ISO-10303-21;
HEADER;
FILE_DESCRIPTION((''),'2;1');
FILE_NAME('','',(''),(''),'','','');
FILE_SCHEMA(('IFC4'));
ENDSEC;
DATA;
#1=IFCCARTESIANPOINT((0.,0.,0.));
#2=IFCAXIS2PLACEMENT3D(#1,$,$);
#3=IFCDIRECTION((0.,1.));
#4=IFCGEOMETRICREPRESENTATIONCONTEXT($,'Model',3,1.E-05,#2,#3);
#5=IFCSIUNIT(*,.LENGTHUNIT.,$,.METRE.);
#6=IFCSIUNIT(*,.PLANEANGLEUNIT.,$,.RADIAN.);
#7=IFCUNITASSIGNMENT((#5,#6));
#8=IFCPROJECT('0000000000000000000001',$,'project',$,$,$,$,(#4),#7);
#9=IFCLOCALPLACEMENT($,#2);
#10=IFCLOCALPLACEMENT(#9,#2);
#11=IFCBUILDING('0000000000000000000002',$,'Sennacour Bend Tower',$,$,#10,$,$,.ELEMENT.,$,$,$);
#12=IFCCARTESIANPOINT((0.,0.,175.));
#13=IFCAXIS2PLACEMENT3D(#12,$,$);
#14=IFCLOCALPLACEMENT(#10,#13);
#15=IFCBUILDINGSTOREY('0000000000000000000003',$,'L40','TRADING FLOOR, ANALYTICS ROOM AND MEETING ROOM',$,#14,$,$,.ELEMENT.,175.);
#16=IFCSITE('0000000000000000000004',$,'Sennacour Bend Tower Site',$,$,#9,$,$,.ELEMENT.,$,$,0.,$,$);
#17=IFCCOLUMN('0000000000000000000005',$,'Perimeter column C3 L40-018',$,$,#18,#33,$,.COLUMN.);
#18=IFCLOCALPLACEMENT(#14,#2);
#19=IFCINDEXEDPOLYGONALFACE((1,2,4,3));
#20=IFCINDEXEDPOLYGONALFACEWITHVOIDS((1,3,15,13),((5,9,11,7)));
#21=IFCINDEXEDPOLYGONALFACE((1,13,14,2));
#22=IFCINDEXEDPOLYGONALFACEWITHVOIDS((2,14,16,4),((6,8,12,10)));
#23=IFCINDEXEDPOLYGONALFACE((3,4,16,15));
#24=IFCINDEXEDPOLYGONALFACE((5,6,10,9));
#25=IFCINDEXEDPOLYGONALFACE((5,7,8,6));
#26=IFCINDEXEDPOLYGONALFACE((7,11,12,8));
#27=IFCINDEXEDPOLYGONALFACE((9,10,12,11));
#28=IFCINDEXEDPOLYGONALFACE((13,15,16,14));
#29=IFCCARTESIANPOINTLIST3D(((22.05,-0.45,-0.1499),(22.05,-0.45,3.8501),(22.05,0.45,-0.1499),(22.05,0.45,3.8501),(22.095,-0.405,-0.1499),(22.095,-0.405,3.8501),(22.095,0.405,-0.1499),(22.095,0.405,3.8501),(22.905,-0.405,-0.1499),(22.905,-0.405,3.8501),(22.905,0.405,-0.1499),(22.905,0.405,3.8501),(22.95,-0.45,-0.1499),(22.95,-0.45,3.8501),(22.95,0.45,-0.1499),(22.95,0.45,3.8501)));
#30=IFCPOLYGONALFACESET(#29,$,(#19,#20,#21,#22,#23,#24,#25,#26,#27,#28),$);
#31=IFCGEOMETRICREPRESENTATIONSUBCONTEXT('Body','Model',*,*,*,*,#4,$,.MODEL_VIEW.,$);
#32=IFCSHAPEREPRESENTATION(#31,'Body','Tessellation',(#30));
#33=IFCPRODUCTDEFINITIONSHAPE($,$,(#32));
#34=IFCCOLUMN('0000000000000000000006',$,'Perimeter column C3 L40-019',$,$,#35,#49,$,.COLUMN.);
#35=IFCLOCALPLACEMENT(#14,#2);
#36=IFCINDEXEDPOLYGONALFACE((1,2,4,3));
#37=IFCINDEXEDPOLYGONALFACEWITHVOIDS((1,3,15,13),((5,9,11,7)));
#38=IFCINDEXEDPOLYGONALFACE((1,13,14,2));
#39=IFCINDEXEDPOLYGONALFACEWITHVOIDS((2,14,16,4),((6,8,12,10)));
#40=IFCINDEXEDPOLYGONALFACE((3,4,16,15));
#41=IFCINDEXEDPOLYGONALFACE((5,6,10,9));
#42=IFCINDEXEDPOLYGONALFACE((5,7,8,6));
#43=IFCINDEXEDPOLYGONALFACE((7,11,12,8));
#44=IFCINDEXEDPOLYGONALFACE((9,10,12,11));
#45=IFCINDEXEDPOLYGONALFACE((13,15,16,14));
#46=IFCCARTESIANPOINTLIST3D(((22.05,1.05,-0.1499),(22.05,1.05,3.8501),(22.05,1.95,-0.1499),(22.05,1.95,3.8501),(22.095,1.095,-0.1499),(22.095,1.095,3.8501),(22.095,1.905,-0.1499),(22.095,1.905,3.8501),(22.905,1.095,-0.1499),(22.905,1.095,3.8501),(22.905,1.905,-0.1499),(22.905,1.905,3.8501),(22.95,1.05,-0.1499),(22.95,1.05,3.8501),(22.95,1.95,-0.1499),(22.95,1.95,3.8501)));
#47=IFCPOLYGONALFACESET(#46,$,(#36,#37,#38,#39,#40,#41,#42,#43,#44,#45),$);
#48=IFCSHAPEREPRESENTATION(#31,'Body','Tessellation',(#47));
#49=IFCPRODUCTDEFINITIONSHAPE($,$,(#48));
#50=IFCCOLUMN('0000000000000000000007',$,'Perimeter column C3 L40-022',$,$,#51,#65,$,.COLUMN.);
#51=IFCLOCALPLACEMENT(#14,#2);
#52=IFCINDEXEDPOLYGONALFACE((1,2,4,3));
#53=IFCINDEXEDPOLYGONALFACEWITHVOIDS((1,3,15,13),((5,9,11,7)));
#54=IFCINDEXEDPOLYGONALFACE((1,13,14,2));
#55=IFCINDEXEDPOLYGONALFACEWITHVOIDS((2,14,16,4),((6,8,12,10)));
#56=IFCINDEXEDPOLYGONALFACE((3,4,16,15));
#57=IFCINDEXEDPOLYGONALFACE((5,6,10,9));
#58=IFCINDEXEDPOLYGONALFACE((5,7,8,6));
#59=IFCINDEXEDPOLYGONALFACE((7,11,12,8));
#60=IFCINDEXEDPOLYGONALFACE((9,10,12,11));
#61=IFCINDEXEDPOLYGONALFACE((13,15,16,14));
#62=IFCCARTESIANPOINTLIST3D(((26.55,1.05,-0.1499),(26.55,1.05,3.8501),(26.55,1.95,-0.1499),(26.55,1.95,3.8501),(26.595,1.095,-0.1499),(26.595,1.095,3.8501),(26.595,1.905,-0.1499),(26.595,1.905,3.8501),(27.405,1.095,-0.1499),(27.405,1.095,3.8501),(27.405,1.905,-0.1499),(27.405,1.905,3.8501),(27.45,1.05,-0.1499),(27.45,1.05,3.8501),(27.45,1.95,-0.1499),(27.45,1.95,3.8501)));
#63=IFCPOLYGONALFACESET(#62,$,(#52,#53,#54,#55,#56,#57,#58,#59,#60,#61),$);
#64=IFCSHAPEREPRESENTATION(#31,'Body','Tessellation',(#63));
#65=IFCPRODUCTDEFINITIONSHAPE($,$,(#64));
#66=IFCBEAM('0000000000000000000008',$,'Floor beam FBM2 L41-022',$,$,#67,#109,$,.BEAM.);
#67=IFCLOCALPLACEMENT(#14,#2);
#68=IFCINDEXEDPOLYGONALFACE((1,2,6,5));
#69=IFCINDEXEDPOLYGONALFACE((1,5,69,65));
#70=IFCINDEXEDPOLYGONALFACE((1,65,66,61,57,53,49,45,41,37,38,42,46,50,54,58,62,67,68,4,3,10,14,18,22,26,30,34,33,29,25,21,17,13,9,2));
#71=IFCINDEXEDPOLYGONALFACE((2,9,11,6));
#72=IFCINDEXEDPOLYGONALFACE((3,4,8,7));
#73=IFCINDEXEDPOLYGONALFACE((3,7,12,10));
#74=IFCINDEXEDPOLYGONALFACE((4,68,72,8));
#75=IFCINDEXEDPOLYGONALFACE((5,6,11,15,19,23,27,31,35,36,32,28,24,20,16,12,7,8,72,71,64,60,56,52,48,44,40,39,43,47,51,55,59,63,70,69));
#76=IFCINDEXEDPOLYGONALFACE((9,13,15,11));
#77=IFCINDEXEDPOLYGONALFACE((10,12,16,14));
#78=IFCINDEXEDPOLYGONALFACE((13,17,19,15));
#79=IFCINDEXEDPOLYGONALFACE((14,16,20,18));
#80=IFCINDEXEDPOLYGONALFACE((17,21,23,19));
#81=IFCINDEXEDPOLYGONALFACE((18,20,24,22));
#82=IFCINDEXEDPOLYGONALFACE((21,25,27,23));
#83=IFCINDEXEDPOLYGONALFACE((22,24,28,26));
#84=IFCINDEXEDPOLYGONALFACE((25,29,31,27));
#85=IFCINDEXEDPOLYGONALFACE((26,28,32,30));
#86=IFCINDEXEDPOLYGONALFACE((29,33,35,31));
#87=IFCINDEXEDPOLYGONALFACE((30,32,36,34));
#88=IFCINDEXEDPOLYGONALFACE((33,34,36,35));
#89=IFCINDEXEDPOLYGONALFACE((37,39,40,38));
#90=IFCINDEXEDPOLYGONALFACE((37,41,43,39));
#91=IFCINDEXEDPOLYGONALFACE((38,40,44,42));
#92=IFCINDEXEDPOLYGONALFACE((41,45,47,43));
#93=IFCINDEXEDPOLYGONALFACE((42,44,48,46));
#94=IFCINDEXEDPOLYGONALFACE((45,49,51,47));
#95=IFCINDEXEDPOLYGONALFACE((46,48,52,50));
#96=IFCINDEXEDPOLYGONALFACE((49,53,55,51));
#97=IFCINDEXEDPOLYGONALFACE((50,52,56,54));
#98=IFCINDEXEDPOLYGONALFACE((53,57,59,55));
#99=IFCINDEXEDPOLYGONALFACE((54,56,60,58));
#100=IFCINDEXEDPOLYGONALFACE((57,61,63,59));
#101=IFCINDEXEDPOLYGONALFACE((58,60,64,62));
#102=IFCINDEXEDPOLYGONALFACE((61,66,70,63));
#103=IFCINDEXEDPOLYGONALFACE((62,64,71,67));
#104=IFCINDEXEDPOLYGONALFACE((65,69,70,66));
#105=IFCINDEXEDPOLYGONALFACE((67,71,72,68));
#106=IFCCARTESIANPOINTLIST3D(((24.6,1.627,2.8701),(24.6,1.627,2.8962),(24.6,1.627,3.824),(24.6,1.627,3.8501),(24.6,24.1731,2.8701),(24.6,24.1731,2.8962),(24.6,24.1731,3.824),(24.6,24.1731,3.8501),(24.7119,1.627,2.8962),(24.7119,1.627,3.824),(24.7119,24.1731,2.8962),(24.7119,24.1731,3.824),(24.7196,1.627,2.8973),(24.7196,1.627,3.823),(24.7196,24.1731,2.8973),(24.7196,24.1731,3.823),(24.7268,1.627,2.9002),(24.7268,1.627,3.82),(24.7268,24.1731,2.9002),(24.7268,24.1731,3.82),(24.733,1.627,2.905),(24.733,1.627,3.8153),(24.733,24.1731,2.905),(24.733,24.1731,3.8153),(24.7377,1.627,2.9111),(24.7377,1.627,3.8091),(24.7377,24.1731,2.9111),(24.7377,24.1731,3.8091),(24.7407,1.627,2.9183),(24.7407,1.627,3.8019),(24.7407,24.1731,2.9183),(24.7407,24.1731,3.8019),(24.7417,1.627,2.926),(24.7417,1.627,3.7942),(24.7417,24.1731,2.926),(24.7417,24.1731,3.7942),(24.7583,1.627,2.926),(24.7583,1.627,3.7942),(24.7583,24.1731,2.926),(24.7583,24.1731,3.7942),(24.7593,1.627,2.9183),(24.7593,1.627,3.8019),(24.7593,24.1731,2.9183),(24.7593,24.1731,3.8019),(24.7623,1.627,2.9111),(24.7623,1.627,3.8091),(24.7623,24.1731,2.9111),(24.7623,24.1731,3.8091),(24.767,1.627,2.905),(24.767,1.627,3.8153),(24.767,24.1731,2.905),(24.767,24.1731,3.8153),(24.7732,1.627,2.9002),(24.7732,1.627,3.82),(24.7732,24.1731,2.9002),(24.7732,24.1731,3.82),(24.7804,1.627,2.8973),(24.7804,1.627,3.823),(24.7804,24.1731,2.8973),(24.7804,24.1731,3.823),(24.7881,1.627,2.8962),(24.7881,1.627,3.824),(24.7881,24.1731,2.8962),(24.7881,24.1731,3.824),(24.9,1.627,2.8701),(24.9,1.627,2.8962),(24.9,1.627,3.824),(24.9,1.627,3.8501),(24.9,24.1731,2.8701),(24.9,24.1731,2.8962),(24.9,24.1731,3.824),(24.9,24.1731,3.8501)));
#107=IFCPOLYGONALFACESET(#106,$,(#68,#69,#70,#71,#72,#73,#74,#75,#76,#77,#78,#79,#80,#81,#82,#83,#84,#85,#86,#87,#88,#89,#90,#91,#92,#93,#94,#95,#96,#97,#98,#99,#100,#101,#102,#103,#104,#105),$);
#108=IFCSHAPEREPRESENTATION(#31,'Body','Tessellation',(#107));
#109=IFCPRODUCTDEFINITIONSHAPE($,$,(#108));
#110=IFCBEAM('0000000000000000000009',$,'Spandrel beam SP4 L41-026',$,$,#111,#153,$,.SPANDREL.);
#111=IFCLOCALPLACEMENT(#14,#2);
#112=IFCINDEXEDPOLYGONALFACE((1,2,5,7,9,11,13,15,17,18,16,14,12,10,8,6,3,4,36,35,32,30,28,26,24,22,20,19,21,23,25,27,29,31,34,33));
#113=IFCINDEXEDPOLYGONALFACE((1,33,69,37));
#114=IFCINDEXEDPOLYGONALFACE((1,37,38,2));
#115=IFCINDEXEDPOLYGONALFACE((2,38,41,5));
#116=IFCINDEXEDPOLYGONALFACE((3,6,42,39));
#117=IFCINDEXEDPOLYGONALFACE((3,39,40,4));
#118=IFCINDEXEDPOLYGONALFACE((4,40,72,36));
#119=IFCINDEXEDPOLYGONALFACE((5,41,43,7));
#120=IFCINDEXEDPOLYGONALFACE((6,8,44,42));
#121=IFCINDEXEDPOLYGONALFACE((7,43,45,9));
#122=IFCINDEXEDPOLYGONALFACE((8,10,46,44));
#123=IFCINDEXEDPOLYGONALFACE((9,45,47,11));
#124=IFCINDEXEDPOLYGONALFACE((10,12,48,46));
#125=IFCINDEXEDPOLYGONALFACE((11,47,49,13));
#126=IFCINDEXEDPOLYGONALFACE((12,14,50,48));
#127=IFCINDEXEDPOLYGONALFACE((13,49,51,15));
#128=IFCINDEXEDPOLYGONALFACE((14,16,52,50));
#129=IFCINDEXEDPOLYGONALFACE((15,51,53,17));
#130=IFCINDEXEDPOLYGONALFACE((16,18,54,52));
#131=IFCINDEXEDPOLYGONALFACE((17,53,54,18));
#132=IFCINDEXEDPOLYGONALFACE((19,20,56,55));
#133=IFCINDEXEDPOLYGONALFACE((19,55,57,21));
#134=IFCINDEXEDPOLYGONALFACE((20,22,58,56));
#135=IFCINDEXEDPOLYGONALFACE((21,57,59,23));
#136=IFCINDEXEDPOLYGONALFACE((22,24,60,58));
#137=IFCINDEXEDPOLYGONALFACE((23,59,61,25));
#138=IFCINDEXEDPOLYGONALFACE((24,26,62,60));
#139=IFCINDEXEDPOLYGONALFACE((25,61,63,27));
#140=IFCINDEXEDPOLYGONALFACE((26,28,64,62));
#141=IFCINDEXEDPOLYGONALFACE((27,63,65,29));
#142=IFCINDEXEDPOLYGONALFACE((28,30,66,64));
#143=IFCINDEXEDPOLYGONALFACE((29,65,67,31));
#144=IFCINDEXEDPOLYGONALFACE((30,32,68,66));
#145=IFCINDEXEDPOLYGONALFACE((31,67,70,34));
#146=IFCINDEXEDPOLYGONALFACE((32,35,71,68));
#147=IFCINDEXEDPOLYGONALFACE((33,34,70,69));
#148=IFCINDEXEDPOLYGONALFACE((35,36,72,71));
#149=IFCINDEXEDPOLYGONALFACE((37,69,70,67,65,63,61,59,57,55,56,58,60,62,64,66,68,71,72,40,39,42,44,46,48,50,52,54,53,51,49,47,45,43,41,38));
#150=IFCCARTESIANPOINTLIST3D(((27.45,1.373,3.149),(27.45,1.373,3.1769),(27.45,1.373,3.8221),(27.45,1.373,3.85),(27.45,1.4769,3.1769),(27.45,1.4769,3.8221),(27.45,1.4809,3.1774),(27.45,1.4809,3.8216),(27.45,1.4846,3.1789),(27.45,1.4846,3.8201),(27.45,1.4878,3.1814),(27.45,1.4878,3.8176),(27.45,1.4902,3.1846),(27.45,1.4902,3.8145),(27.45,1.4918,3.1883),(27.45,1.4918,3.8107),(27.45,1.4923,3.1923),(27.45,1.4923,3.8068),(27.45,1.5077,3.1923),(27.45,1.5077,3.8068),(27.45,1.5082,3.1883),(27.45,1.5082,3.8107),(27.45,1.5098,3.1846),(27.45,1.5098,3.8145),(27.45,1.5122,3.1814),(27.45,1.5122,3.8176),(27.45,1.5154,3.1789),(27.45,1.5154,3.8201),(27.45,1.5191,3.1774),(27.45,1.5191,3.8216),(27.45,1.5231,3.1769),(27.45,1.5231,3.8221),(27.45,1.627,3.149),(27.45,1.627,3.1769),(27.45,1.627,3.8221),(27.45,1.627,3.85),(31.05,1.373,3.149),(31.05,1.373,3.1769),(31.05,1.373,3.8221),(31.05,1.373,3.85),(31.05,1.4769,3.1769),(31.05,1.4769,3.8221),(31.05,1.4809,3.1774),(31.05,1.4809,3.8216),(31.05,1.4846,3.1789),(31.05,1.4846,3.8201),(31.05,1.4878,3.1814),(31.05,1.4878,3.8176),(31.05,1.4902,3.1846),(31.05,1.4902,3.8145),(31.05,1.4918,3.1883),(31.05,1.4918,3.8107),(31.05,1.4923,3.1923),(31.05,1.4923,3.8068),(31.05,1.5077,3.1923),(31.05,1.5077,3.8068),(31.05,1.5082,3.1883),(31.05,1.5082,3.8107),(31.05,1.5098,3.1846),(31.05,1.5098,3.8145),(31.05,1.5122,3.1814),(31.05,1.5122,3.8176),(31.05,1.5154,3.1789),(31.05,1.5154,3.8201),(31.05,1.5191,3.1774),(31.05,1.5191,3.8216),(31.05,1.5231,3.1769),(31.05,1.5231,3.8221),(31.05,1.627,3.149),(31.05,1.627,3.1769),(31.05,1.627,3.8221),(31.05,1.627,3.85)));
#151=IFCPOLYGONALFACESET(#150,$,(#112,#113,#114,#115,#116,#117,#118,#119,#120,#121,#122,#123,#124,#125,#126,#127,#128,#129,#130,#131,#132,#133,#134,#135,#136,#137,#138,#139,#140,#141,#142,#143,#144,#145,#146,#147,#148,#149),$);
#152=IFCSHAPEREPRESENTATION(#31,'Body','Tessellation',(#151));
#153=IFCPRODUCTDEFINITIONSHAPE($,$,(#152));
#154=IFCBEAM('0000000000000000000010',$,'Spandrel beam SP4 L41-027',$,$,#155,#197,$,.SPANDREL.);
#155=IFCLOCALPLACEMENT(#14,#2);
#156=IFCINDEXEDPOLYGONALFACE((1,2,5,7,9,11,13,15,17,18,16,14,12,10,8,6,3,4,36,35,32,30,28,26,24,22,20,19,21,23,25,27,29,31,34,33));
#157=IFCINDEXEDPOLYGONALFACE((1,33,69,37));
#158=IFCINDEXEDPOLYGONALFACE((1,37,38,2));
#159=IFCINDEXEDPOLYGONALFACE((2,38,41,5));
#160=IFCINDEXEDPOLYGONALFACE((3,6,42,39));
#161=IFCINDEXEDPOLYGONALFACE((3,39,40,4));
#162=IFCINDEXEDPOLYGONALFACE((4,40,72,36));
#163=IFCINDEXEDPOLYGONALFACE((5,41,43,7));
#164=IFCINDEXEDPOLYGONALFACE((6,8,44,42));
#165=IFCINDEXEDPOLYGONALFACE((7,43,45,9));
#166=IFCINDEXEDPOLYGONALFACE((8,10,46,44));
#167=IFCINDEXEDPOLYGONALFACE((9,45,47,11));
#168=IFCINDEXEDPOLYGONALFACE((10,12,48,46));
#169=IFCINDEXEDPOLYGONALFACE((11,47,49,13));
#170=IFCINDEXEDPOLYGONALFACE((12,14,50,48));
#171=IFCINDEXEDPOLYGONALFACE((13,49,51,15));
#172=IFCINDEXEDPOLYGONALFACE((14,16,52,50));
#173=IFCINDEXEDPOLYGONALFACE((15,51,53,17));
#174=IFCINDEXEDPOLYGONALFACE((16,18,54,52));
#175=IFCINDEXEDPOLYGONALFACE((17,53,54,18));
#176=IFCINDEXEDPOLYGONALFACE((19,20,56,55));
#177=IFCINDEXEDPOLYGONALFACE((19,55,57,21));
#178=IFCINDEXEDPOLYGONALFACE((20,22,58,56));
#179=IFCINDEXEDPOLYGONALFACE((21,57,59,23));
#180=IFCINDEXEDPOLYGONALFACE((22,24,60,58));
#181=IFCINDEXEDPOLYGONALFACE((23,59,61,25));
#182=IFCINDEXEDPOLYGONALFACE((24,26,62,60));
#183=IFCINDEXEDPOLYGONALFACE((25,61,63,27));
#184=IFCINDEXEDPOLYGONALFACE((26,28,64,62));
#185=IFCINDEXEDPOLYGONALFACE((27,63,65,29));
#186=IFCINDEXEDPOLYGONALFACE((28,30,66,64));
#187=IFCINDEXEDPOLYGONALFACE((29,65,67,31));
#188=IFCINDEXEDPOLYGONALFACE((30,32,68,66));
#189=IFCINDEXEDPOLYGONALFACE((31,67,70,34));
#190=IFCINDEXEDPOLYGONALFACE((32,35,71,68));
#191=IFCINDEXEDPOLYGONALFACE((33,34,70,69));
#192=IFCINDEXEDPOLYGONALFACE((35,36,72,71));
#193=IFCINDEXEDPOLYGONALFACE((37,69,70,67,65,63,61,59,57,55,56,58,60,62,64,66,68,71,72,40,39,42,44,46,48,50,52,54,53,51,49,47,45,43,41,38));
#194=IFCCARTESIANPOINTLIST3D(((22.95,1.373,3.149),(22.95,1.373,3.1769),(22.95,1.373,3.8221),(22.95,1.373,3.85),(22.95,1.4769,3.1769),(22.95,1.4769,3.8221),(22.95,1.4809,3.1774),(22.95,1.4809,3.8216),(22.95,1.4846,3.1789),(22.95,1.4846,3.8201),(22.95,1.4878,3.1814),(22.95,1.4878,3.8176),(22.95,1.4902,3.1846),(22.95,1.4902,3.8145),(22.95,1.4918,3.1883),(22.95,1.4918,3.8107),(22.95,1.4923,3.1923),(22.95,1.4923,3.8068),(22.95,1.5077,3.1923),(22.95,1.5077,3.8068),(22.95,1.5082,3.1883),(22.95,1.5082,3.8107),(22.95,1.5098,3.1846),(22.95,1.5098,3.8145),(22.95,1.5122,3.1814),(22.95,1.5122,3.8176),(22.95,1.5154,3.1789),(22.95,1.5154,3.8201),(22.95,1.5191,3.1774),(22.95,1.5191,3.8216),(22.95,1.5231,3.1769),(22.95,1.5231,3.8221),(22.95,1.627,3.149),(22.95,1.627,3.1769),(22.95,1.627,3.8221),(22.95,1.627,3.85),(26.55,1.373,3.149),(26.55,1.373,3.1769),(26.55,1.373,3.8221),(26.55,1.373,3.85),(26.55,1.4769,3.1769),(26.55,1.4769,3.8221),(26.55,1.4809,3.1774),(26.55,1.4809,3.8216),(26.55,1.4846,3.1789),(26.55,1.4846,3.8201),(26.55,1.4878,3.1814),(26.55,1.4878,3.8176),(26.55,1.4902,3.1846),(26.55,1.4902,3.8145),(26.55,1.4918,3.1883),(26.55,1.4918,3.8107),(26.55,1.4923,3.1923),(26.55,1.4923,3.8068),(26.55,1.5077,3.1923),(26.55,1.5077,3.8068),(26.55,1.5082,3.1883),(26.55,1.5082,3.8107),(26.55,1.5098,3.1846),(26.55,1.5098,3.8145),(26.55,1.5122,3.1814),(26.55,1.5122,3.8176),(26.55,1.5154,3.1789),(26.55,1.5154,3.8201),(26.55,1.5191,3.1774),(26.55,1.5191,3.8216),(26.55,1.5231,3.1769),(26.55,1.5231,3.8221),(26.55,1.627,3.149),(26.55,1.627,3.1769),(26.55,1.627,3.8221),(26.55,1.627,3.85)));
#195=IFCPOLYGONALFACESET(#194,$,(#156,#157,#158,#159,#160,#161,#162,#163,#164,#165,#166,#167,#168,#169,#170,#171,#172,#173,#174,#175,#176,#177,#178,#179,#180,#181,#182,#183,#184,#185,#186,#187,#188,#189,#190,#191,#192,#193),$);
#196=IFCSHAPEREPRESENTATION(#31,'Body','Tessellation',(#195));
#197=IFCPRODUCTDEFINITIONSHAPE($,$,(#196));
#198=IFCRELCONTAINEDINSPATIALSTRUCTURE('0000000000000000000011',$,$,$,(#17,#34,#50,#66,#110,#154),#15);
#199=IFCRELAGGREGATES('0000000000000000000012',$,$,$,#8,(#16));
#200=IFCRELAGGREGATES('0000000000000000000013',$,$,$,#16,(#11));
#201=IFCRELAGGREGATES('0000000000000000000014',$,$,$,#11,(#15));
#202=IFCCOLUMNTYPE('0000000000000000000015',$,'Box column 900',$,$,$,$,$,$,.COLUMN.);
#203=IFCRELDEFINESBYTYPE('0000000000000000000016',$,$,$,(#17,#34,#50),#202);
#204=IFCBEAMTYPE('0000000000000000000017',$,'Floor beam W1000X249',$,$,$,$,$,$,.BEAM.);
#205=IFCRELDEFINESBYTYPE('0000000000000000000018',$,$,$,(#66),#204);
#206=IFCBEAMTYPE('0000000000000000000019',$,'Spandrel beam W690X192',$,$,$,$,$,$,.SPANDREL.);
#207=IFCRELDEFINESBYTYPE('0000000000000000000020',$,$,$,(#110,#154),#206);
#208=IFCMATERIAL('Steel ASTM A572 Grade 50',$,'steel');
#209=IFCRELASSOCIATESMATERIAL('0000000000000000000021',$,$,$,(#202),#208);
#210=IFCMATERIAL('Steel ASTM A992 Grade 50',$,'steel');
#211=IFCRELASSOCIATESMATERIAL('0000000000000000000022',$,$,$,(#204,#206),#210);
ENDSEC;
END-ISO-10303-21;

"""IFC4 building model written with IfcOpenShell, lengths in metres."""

from ifc_helpers import new_model, si_unit, direction, frame, origin, origin_2d, place, context, subcontext, project, spatial, hollow_rectangle, i_section, extrude, material, material_profile, profile_set, type_object, element, save


model = new_model("IFC4")

# Units and contexts
model_context = context("Model", 3, precision=1e-05, world=origin(), true_north=direction((0.0, 1.0)))
body_context = subcontext(model_context, "Body", "Model", "MODEL_VIEW")
ifc_project = project(units=[si_unit("LENGTHUNIT", "METRE"), si_unit("PLANEANGLEUNIT", "RADIAN")], contexts=[model_context])

# Site, building, storey
site_placement = place(None, origin())
site = spatial("IfcSite", under=ifc_project, at=site_placement, Name="Sennacour Bend Tower Site", CompositionType="ELEMENT", RefElevation=0.0)
building_placement = place(site_placement, origin())
building = spatial("IfcBuilding", under=site, at=building_placement, Name="Sennacour Bend Tower", CompositionType="ELEMENT")
storey_placement = place(building_placement, frame((0.0, 0.0, 175.0)))
storey = spatial("IfcBuildingStorey", under=building, at=storey_placement, Name="L40", Description="TRADING FLOOR, ANALYTICS ROOM AND MEETING ROOM", CompositionType="ELEMENT", Elevation=175.0)

# Columns
ifc_material_1 = material(Name="Steel ASTM A572 Grade 50", Category="steel")
ifc_material_profile_1 = material_profile(ifc_material_1, hollow_rectangle(XDim=0.8999, YDim=0.8999, WallThickness=0.0449, at=origin_2d()), Name="Steel ASTM A572 Grade 50", Category="steel")
ifc_profile_set_1 = profile_set([ifc_material_profile_1], Name="Steel ASTM A572 Grade 50")
column_type = type_object("IfcColumnType", Name="Box column 900", PredefinedType="COLUMN", material=ifc_profile_set_1)
for number, where, z_axis, x_axis, name in (
    (1, (22.5, 0.0, -0.1499), (0.0, 0.0, 1.0), (1.0, 0.0, 0.0), "Perimeter column C3 L40-018"),
    (2, (22.5, 1.5, -0.1499), (0.0, 0.0, 1.0), (1.0, 0.0, 0.0), "Perimeter column C3 L40-019"),
    (3, (27.0, 1.5, -0.1499), (0.0, 0.0, 1.0), (1.0, 0.0, 0.0), "Perimeter column C3 L40-022"),
):
    element("IfcColumn", number, at=place(storey_placement, frame(where, z_axis=z_axis, x_axis=x_axis)), inside=storey, type_object=column_type, Name=name, PredefinedType="COLUMN", context=body_context, shape_type="SweptSolid", body=[
        extrude(hollow_rectangle(XDim=0.8999, YDim=0.8999, WallThickness=0.0449, at=origin_2d()), origin(), (0.0, 0.0, 1.0), 4.0),
    ])

# Beams
ifc_material_2 = material(Name="Steel ASTM A992 Grade 50", Category="steel")
ifc_material_profile_2 = material_profile(ifc_material_2, i_section(OverallWidth=0.3, OverallDepth=0.98, WebThickness=0.0166, FlangeThickness=0.0261, FilletRadius=0.0298, at=origin_2d()), Name="Steel ASTM A992 Grade 50", Category="steel")
ifc_profile_set_2 = profile_set([ifc_material_profile_2], Name="Steel ASTM A992 Grade 50")
beam_type_1 = type_object("IfcBeamType", Name="Floor beam W1000X249", PredefinedType="BEAM", material=ifc_profile_set_2)
beam_placement = place(storey_placement, frame((24.75, 1.627, 3.3601), z_axis=(0.0, 1.0, 0.0), x_axis=(-1.0, 0.0, 0.0)))
element("IfcBeam", 4, at=beam_placement, inside=storey, type_object=beam_type_1, Name="Floor beam FBM2 L41-022", PredefinedType="BEAM", context=body_context, shape_type="SweptSolid", body=[
    extrude(i_section(OverallWidth=0.3, OverallDepth=0.98, WebThickness=0.0166, FlangeThickness=0.0261, FilletRadius=0.0298, at=origin_2d()), origin(), (0.0, 0.0, 1.0), 22.5461),
])
ifc_material_profile_3 = material_profile(ifc_material_2, i_section(OverallWidth=0.2539, OverallDepth=0.7009, WebThickness=0.0154, FlangeThickness=0.0278, FilletRadius=0.0154, at=origin_2d()), Name="Steel ASTM A992 Grade 50", Category="steel")
ifc_profile_set_3 = profile_set([ifc_material_profile_3], Name="Steel ASTM A992 Grade 50")
beam_type_2 = type_object("IfcBeamType", Name="Spandrel beam W690X192", PredefinedType="SPANDREL", material=ifc_profile_set_3)
for number, where, z_axis, x_axis, name in (
    (5, (31.05, 1.5, 3.4995), (-1.0, 0.0, 0.0), (0.0, -1.0, 0.0), "Spandrel beam SP4 L41-026"),
    (6, (26.55, 1.5, 3.4995), (-1.0, 0.0, 0.0), (0.0, -1.0, 0.0), "Spandrel beam SP4 L41-027"),
):
    element("IfcBeam", number, at=place(storey_placement, frame(where, z_axis=z_axis, x_axis=x_axis)), inside=storey, type_object=beam_type_2, Name=name, PredefinedType="SPANDREL", context=body_context, shape_type="SweptSolid", body=[
        extrude(i_section(OverallWidth=0.2539, OverallDepth=0.7009, WebThickness=0.0154, FlangeThickness=0.0278, FilletRadius=0.0154, at=origin_2d()), origin(), (0.0, 0.0, 1.0), 3.6001),
    ])

save(model, "model.ifc")
